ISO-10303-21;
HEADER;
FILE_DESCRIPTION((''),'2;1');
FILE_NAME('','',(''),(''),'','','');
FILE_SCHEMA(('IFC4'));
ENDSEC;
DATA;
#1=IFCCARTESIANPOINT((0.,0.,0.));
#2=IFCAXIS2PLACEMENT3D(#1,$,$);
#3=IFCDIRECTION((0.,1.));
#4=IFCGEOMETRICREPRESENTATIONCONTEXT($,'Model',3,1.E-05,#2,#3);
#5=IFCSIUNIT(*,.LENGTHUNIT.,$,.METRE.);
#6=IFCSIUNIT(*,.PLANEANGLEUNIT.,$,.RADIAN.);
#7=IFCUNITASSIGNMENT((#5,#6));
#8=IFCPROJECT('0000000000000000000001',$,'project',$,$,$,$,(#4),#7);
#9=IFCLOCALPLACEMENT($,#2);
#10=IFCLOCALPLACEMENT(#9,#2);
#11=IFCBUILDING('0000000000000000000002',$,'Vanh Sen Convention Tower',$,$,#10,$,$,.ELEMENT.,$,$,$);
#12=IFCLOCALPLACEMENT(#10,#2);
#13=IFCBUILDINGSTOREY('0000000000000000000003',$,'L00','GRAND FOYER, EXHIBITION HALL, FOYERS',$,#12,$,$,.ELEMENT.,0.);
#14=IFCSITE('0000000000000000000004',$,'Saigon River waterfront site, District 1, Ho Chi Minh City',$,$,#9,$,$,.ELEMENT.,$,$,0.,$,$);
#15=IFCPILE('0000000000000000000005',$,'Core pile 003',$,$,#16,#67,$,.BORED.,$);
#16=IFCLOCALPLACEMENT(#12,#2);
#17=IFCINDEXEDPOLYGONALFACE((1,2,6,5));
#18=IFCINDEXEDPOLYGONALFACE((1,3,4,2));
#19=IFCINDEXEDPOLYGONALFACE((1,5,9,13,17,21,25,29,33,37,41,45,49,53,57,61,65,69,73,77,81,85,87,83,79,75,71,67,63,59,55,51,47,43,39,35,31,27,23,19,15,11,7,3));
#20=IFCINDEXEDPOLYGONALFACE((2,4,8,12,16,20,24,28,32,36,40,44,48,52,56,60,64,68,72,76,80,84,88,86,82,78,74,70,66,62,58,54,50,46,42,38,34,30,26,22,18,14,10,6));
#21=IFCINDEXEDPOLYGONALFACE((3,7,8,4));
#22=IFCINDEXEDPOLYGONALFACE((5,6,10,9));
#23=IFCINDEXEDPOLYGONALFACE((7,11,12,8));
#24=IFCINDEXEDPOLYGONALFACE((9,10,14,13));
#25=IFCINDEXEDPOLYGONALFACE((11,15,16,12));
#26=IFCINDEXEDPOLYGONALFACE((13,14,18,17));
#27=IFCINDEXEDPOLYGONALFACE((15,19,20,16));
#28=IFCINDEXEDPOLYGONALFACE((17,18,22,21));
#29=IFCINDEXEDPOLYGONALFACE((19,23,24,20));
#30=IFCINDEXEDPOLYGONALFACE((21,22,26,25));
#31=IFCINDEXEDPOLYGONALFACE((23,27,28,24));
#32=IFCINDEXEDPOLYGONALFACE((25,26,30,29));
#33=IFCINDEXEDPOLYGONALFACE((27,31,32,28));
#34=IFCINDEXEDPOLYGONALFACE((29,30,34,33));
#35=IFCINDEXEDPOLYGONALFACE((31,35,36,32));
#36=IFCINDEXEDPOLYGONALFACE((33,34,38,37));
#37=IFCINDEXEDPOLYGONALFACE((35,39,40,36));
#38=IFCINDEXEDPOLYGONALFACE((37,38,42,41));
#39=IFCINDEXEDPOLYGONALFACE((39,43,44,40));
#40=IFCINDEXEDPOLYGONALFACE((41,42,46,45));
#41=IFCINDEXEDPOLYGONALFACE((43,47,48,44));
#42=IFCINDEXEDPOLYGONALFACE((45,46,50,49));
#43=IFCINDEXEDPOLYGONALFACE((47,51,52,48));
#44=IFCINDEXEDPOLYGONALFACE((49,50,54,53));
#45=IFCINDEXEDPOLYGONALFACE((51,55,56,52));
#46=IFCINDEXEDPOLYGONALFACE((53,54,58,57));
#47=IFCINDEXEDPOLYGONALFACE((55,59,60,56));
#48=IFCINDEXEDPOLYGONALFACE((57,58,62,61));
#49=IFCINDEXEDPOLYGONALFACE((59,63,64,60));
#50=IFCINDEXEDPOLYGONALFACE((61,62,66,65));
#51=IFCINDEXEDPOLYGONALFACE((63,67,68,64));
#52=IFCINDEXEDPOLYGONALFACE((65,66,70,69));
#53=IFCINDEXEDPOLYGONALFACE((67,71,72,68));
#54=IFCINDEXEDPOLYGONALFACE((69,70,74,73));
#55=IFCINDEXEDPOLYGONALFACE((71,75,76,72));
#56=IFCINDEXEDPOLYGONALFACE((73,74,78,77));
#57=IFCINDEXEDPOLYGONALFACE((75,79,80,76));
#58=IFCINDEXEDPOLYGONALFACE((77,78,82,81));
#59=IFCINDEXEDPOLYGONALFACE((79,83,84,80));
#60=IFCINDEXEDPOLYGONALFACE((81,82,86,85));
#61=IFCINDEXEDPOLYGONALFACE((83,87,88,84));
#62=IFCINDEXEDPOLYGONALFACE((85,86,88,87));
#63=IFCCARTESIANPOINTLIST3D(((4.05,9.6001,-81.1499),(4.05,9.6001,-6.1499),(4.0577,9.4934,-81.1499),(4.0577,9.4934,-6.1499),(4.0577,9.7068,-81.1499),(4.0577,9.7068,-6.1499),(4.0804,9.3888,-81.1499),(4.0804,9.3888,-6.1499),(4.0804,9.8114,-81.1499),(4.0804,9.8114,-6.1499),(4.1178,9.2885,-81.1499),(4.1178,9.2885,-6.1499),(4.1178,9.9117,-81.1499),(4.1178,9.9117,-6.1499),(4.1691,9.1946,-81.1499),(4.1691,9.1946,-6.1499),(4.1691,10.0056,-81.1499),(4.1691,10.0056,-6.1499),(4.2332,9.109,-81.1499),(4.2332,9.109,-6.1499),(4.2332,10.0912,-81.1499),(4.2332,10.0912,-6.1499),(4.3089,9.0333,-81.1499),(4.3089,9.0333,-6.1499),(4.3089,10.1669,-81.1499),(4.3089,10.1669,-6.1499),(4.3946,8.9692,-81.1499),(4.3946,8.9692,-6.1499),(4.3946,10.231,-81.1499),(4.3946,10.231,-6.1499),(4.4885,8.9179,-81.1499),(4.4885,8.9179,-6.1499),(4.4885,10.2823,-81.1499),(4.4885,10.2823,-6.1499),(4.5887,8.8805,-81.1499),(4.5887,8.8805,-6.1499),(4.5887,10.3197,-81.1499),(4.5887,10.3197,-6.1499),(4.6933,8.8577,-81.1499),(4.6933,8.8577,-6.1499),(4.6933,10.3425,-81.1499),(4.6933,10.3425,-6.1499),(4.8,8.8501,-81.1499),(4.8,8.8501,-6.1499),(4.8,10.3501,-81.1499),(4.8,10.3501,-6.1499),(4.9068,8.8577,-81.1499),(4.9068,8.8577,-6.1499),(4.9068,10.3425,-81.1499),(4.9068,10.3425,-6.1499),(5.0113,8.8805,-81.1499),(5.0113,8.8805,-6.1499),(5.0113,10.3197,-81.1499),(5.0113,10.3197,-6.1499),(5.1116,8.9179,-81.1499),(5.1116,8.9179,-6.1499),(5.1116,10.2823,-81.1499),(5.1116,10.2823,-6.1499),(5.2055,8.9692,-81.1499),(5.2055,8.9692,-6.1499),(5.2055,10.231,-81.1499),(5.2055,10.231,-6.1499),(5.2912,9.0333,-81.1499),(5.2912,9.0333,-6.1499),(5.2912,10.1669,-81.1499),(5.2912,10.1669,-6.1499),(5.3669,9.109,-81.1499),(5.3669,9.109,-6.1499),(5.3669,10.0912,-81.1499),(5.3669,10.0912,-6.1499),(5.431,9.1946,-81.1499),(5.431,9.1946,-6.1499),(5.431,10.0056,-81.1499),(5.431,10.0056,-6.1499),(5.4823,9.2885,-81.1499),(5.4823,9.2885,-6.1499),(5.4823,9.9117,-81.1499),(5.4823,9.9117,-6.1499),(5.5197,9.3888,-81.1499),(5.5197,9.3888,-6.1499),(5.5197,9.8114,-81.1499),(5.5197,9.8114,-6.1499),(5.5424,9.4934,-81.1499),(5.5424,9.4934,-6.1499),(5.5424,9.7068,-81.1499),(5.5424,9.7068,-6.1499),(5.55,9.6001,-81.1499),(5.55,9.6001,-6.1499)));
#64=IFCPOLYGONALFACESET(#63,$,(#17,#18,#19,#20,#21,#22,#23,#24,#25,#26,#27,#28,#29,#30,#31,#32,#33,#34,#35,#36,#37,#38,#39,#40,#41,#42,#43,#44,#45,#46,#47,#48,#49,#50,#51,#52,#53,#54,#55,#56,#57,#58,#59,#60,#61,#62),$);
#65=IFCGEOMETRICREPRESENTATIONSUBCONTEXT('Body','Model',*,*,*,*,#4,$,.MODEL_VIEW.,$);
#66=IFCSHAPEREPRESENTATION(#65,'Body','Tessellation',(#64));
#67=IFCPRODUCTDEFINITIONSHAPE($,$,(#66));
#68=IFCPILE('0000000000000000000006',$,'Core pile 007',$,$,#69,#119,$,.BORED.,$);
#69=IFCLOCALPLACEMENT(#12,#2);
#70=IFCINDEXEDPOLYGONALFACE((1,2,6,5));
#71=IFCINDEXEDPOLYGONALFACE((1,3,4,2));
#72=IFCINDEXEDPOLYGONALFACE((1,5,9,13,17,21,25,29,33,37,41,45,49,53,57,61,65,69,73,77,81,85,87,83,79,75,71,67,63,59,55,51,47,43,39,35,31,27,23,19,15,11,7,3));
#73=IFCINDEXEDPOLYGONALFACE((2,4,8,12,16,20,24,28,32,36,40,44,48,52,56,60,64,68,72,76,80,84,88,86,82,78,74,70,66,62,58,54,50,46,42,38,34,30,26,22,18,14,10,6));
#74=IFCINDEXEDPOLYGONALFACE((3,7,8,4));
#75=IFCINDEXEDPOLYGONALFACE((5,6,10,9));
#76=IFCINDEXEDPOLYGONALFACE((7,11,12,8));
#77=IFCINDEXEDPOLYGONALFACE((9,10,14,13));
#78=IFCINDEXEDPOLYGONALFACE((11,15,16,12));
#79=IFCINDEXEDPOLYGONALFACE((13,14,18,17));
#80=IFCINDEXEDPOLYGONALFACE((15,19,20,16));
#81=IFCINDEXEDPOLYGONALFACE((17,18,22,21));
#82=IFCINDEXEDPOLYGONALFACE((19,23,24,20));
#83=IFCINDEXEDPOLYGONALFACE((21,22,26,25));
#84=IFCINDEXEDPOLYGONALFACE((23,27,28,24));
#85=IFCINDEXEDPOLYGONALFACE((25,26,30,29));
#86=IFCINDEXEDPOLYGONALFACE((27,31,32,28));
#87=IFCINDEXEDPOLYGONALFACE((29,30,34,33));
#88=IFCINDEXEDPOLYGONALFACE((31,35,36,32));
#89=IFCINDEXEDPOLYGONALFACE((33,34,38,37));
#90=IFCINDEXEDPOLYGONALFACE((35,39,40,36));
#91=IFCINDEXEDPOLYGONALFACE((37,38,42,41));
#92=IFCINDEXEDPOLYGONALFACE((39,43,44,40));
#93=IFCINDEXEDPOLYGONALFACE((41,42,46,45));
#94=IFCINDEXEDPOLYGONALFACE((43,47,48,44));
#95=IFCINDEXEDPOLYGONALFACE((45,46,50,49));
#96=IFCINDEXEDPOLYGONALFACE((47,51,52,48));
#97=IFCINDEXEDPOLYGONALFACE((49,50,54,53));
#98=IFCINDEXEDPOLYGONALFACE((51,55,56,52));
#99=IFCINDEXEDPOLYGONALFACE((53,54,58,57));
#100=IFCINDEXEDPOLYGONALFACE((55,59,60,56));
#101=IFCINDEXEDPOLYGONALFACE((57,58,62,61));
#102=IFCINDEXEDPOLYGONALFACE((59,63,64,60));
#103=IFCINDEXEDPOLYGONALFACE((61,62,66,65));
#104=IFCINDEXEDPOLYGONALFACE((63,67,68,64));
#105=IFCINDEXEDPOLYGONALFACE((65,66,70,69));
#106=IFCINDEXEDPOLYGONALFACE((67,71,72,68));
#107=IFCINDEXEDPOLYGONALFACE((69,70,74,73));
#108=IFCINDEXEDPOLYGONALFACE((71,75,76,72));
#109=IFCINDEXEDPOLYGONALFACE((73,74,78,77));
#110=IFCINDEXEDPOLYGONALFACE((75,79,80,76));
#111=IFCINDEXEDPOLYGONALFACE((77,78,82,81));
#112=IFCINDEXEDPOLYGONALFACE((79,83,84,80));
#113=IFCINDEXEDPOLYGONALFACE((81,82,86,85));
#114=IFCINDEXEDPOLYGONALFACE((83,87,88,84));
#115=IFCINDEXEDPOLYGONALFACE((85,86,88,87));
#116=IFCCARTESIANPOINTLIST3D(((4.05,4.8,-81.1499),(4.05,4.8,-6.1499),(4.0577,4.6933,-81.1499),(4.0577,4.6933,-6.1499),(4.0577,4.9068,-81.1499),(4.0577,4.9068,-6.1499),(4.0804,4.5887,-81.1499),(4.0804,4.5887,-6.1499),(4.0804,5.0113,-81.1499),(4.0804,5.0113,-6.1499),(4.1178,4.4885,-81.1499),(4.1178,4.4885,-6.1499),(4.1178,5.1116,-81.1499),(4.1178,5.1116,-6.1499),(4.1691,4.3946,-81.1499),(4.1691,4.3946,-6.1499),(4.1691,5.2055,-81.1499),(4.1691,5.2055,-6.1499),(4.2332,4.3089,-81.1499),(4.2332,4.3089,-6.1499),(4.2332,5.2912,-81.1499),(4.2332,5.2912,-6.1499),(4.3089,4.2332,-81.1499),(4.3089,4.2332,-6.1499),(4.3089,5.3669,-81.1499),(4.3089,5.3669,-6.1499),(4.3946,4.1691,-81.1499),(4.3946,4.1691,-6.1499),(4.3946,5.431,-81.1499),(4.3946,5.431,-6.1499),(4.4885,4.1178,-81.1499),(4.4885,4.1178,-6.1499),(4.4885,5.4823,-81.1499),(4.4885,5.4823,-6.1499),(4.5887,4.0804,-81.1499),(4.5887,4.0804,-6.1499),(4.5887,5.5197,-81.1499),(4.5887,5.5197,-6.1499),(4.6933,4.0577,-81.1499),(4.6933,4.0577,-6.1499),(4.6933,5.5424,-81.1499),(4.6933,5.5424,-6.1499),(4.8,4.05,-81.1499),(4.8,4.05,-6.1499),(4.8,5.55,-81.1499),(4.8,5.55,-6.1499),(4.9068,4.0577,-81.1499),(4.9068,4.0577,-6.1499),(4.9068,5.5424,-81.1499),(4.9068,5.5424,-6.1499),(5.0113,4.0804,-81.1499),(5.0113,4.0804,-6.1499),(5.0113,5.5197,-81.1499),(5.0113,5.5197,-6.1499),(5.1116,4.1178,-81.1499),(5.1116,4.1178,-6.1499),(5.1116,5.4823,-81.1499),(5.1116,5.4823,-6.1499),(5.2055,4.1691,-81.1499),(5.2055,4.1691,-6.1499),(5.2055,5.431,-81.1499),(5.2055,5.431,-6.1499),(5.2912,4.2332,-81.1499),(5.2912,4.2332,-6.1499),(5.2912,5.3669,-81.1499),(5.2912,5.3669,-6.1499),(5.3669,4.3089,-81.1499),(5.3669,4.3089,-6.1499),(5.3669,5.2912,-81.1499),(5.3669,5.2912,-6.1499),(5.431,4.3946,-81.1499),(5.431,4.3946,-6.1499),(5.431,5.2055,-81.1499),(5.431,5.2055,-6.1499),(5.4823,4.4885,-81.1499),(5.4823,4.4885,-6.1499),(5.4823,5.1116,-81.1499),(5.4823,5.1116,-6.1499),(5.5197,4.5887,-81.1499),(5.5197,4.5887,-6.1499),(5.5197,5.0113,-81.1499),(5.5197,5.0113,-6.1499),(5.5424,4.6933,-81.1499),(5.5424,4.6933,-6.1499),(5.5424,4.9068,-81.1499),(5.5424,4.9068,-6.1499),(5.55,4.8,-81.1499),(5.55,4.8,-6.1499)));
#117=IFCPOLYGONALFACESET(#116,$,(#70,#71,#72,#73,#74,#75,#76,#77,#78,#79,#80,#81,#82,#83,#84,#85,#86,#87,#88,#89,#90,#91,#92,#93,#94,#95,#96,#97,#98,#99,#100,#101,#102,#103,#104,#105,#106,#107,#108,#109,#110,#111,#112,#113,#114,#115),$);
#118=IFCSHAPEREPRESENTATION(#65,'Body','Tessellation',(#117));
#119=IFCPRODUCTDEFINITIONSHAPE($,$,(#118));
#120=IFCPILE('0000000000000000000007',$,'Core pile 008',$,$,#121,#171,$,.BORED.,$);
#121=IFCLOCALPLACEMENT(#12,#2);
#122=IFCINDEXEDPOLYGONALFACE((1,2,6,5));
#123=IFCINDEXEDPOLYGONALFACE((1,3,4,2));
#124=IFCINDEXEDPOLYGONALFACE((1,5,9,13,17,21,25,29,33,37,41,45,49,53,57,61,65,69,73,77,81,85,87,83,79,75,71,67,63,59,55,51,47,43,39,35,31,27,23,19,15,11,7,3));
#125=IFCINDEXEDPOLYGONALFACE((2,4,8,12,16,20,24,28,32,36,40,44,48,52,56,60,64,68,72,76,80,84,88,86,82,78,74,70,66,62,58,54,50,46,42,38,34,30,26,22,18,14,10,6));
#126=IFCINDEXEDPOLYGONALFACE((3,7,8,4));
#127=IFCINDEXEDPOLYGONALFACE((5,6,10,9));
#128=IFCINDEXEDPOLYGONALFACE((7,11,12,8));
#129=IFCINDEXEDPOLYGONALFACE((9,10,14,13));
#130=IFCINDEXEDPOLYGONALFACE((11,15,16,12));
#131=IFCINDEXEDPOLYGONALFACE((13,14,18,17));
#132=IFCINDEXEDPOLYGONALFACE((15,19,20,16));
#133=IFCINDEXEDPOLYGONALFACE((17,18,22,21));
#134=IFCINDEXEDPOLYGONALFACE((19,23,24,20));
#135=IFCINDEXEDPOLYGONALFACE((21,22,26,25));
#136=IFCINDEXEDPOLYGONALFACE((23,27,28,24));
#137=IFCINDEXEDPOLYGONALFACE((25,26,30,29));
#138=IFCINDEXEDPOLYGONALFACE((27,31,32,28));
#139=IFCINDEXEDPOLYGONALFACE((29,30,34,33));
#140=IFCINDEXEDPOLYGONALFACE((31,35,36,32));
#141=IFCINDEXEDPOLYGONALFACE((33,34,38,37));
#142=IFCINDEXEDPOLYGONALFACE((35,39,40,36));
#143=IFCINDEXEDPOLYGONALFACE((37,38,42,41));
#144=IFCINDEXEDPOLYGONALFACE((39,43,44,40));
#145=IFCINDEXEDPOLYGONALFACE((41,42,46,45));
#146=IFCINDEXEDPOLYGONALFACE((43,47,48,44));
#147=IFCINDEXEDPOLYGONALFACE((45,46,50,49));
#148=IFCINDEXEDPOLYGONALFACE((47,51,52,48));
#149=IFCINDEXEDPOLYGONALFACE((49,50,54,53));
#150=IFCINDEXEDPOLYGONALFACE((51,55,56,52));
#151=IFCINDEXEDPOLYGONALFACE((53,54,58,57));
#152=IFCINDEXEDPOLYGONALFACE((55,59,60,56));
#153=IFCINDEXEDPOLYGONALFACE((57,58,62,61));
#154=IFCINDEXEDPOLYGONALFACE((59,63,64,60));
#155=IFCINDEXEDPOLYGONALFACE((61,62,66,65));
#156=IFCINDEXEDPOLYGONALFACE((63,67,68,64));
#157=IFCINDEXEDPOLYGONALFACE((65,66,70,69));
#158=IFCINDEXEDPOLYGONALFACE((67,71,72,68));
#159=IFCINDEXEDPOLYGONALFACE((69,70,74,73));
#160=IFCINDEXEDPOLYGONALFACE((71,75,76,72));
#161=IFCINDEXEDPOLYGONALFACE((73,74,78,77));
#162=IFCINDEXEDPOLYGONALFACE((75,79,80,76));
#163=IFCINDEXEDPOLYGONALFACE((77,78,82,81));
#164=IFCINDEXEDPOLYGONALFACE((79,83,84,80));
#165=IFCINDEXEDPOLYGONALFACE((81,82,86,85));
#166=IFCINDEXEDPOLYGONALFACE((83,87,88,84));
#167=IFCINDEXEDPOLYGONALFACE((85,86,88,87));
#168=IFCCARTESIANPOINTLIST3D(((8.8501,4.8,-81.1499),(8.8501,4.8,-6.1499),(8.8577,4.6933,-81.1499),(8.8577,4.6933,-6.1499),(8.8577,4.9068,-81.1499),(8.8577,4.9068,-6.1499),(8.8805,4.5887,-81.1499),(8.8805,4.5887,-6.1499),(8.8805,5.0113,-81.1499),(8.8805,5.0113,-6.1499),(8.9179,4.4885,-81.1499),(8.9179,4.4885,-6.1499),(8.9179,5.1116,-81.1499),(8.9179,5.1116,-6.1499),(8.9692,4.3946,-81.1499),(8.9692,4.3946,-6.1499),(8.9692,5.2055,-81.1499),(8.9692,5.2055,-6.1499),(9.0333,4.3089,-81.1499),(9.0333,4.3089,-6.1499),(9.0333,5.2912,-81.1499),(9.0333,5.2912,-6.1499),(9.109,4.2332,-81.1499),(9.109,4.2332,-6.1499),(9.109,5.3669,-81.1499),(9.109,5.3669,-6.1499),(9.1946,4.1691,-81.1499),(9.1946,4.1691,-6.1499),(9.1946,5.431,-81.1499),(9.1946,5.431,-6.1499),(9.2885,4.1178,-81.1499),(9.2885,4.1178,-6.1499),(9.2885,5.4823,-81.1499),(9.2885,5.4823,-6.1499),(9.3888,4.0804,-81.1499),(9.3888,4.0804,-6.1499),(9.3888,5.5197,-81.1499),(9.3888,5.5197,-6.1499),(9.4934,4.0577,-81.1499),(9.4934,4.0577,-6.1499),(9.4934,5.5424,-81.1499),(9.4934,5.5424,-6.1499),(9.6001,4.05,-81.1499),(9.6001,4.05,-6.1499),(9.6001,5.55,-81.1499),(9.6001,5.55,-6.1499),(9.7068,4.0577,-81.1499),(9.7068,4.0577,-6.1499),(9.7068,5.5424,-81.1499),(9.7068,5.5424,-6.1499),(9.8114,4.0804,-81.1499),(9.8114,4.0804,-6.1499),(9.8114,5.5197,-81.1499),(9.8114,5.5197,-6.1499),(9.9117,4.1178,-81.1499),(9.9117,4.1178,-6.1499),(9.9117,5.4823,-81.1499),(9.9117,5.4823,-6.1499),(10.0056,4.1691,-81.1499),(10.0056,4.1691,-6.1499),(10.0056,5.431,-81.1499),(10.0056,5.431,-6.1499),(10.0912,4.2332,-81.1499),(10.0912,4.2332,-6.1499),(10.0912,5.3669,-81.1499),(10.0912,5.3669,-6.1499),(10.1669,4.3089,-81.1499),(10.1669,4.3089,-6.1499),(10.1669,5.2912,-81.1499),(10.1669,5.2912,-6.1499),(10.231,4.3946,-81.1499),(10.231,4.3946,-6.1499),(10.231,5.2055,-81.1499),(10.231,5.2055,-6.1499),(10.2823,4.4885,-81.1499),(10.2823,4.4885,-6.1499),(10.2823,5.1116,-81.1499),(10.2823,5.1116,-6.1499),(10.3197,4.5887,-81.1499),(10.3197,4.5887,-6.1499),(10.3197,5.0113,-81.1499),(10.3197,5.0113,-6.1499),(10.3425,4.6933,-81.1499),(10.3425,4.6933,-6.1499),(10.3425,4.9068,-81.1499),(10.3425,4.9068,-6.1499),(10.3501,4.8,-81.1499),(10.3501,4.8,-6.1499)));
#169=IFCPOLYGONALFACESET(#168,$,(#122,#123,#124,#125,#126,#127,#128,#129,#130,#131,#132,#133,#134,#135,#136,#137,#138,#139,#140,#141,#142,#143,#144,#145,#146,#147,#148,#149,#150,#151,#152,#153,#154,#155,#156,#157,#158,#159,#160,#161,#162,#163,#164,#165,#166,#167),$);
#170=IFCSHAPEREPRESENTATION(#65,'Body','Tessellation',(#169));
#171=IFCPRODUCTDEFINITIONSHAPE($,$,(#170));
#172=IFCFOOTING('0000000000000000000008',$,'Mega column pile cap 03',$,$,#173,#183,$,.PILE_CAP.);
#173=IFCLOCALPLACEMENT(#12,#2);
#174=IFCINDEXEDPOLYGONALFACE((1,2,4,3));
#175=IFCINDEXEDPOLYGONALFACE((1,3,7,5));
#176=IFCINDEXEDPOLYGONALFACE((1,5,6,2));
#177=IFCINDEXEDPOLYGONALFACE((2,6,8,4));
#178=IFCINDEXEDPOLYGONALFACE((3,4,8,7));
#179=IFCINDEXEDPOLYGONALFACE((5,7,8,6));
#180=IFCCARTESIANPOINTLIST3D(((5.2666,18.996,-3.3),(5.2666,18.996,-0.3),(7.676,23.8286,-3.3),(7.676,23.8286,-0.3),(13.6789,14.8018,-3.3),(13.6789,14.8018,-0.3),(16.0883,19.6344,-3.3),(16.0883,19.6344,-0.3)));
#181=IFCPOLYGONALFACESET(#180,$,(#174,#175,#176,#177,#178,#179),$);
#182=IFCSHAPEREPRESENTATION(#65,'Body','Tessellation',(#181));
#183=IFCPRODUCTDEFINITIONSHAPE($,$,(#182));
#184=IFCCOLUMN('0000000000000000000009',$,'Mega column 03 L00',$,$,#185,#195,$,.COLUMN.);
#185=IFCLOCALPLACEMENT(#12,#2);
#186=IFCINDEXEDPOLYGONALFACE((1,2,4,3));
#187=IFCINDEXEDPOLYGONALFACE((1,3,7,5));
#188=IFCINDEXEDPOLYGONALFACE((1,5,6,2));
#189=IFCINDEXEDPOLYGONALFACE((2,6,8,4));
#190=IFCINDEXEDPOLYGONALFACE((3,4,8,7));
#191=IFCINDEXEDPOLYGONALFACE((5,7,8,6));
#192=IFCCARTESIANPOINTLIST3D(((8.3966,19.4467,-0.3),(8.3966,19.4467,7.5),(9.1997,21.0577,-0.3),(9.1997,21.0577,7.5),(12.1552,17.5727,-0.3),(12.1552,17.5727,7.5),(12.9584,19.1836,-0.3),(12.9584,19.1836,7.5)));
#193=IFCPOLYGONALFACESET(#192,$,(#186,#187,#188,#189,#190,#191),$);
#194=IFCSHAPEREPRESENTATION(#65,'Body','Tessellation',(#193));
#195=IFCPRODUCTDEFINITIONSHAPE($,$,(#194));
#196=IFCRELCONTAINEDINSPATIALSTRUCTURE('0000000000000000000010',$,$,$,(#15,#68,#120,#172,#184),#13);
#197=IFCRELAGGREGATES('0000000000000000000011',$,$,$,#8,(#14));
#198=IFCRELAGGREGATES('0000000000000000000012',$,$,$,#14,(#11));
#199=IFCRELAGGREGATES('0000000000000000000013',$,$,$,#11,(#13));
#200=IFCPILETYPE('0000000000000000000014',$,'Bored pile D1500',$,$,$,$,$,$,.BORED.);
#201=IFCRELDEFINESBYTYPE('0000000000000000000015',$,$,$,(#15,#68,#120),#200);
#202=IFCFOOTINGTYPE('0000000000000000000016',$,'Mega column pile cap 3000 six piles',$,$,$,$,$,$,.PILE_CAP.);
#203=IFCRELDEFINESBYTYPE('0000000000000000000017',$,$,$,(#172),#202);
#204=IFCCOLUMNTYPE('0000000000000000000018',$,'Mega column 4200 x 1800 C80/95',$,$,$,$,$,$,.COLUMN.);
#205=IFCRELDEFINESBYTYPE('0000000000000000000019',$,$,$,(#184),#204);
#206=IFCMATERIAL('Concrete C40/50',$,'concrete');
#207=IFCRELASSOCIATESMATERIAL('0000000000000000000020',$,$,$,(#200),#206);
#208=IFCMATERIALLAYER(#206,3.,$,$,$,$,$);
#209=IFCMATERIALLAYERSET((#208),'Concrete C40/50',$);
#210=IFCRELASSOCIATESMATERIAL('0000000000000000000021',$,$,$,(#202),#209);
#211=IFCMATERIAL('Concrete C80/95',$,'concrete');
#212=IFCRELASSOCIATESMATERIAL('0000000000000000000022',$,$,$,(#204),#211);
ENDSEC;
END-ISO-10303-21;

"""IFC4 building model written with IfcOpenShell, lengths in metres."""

from ifc_helpers import new_model, si_unit, direction, frame, origin, origin_2d, place, context, subcontext, project, spatial, rectangle, circle, extrude, material, layer, layer_set, material_profile, profile_set, type_object, element, save


model = new_model("IFC4")

# Units and contexts
model_context = context("Model", 3, precision=1e-05, world=origin(), true_north=direction((0.0, 1.0)))
body_context = subcontext(model_context, "Body", "Model", "MODEL_VIEW")
ifc_project = project(units=[si_unit("LENGTHUNIT", "METRE"), si_unit("PLANEANGLEUNIT", "RADIAN")], contexts=[model_context])

# Site, building, storey
site_placement = place(None, origin())
site = spatial("IfcSite", under=ifc_project, at=site_placement, Name="Saigon River waterfront site, District 1, Ho Chi Minh City", CompositionType="ELEMENT", RefElevation=0.0)
building_placement = place(site_placement, origin())
building = spatial("IfcBuilding", under=site, at=building_placement, Name="Vanh Sen Convention Tower", CompositionType="ELEMENT")
storey_placement = place(building_placement, origin())
storey = spatial("IfcBuildingStorey", under=building, at=storey_placement, Name="L00", Description="GRAND FOYER, EXHIBITION HALL, FOYERS", CompositionType="ELEMENT", Elevation=0.0)

# Piles
ifc_material_1 = material(Name="Concrete C40/50", Category="concrete")
ifc_material_profile_1 = material_profile(ifc_material_1, circle(Radius=0.75, at=origin_2d()), Name="Bored pile D1500")
ifc_profile_set_1 = profile_set([ifc_material_profile_1], Name="Concrete C40/50")
pile_type_1 = type_object("IfcPileType", Name="Bored pile D1500", PredefinedType="BORED", material=ifc_profile_set_1)
for number, where, z_axis, x_axis, name in (
    (1, (4.8, 9.6001, -6.1499), (0.0, 0.0, -1.0), (1.0, 0.0, 0.0), "Core pile 003"),
    (2, (4.8, 4.8, -6.1499), (0.0, 0.0, -1.0), (1.0, 0.0, 0.0), "Core pile 007"),
    (3, (9.6001, 4.8, -6.1499), (0.0, 0.0, -1.0), (1.0, 0.0, 0.0), "Core pile 008"),
):
    element("IfcPile", number, at=place(storey_placement, frame(where, z_axis=z_axis, x_axis=x_axis)), inside=storey, type_object=pile_type_1, Name=name, PredefinedType="BORED", context=body_context, shape_type="SweptSolid", body=[
        extrude(circle(Radius=0.75, at=origin_2d()), origin(), (0.0, 0.0, 1.0), 75.0),
    ])

# Footing
ifc_layer_1 = layer(ifc_material_1, 3.0)
ifc_layer_set_1 = layer_set([ifc_layer_1], Name="Concrete C40/50")
footing_type = type_object("IfcFootingType", Name="Mega column pile cap 3000 six piles", PredefinedType="PILE_CAP", material=ifc_layer_set_1)
footing_placement = place(storey_placement, frame((10.6775, 19.3152, -3.3), z_axis=(0.0, 0.0, 1.0), x_axis=(-0.894935, 0.446196, 0.0)))
element("IfcFooting", 4, at=footing_placement, inside=storey, type_object=footing_type, Name="Mega column pile cap 03", PredefinedType="PILE_CAP", context=body_context, shape_type="SweptSolid", body=[
    extrude(rectangle(XDim=9.3999, YDim=5.3999, at=origin_2d()), origin(), (0.0, 0.0, 1.0), 3.0),
])

# Column
ifc_material_2 = material(Name="Concrete C80/95", Category="concrete")
ifc_material_profile_2 = material_profile(ifc_material_2, rectangle(XDim=4.2, YDim=1.8, at=origin_2d()), Name="RC 4200X1800")
ifc_profile_set_2 = profile_set([ifc_material_profile_2], Name="Concrete C80/95")
column_type = type_object("IfcColumnType", Name="Mega column 4200 x 1800 C80/95", PredefinedType="COLUMN", material=ifc_profile_set_2)
column_placement = place(storey_placement, frame((10.6775, 19.3152, -0.3), z_axis=(0.0, 0.0, 1.0), x_axis=(-0.894935, 0.446196, 0.0)))
element("IfcColumn", 5, at=column_placement, inside=storey, type_object=column_type, Name="Mega column 03 L00", PredefinedType="COLUMN", context=body_context, shape_type="SweptSolid", body=[
    extrude(rectangle(XDim=4.2, YDim=1.8, at=origin_2d()), origin(), (0.0, 0.0, 1.0), 7.8),
])

save(model, "model.ifc")
